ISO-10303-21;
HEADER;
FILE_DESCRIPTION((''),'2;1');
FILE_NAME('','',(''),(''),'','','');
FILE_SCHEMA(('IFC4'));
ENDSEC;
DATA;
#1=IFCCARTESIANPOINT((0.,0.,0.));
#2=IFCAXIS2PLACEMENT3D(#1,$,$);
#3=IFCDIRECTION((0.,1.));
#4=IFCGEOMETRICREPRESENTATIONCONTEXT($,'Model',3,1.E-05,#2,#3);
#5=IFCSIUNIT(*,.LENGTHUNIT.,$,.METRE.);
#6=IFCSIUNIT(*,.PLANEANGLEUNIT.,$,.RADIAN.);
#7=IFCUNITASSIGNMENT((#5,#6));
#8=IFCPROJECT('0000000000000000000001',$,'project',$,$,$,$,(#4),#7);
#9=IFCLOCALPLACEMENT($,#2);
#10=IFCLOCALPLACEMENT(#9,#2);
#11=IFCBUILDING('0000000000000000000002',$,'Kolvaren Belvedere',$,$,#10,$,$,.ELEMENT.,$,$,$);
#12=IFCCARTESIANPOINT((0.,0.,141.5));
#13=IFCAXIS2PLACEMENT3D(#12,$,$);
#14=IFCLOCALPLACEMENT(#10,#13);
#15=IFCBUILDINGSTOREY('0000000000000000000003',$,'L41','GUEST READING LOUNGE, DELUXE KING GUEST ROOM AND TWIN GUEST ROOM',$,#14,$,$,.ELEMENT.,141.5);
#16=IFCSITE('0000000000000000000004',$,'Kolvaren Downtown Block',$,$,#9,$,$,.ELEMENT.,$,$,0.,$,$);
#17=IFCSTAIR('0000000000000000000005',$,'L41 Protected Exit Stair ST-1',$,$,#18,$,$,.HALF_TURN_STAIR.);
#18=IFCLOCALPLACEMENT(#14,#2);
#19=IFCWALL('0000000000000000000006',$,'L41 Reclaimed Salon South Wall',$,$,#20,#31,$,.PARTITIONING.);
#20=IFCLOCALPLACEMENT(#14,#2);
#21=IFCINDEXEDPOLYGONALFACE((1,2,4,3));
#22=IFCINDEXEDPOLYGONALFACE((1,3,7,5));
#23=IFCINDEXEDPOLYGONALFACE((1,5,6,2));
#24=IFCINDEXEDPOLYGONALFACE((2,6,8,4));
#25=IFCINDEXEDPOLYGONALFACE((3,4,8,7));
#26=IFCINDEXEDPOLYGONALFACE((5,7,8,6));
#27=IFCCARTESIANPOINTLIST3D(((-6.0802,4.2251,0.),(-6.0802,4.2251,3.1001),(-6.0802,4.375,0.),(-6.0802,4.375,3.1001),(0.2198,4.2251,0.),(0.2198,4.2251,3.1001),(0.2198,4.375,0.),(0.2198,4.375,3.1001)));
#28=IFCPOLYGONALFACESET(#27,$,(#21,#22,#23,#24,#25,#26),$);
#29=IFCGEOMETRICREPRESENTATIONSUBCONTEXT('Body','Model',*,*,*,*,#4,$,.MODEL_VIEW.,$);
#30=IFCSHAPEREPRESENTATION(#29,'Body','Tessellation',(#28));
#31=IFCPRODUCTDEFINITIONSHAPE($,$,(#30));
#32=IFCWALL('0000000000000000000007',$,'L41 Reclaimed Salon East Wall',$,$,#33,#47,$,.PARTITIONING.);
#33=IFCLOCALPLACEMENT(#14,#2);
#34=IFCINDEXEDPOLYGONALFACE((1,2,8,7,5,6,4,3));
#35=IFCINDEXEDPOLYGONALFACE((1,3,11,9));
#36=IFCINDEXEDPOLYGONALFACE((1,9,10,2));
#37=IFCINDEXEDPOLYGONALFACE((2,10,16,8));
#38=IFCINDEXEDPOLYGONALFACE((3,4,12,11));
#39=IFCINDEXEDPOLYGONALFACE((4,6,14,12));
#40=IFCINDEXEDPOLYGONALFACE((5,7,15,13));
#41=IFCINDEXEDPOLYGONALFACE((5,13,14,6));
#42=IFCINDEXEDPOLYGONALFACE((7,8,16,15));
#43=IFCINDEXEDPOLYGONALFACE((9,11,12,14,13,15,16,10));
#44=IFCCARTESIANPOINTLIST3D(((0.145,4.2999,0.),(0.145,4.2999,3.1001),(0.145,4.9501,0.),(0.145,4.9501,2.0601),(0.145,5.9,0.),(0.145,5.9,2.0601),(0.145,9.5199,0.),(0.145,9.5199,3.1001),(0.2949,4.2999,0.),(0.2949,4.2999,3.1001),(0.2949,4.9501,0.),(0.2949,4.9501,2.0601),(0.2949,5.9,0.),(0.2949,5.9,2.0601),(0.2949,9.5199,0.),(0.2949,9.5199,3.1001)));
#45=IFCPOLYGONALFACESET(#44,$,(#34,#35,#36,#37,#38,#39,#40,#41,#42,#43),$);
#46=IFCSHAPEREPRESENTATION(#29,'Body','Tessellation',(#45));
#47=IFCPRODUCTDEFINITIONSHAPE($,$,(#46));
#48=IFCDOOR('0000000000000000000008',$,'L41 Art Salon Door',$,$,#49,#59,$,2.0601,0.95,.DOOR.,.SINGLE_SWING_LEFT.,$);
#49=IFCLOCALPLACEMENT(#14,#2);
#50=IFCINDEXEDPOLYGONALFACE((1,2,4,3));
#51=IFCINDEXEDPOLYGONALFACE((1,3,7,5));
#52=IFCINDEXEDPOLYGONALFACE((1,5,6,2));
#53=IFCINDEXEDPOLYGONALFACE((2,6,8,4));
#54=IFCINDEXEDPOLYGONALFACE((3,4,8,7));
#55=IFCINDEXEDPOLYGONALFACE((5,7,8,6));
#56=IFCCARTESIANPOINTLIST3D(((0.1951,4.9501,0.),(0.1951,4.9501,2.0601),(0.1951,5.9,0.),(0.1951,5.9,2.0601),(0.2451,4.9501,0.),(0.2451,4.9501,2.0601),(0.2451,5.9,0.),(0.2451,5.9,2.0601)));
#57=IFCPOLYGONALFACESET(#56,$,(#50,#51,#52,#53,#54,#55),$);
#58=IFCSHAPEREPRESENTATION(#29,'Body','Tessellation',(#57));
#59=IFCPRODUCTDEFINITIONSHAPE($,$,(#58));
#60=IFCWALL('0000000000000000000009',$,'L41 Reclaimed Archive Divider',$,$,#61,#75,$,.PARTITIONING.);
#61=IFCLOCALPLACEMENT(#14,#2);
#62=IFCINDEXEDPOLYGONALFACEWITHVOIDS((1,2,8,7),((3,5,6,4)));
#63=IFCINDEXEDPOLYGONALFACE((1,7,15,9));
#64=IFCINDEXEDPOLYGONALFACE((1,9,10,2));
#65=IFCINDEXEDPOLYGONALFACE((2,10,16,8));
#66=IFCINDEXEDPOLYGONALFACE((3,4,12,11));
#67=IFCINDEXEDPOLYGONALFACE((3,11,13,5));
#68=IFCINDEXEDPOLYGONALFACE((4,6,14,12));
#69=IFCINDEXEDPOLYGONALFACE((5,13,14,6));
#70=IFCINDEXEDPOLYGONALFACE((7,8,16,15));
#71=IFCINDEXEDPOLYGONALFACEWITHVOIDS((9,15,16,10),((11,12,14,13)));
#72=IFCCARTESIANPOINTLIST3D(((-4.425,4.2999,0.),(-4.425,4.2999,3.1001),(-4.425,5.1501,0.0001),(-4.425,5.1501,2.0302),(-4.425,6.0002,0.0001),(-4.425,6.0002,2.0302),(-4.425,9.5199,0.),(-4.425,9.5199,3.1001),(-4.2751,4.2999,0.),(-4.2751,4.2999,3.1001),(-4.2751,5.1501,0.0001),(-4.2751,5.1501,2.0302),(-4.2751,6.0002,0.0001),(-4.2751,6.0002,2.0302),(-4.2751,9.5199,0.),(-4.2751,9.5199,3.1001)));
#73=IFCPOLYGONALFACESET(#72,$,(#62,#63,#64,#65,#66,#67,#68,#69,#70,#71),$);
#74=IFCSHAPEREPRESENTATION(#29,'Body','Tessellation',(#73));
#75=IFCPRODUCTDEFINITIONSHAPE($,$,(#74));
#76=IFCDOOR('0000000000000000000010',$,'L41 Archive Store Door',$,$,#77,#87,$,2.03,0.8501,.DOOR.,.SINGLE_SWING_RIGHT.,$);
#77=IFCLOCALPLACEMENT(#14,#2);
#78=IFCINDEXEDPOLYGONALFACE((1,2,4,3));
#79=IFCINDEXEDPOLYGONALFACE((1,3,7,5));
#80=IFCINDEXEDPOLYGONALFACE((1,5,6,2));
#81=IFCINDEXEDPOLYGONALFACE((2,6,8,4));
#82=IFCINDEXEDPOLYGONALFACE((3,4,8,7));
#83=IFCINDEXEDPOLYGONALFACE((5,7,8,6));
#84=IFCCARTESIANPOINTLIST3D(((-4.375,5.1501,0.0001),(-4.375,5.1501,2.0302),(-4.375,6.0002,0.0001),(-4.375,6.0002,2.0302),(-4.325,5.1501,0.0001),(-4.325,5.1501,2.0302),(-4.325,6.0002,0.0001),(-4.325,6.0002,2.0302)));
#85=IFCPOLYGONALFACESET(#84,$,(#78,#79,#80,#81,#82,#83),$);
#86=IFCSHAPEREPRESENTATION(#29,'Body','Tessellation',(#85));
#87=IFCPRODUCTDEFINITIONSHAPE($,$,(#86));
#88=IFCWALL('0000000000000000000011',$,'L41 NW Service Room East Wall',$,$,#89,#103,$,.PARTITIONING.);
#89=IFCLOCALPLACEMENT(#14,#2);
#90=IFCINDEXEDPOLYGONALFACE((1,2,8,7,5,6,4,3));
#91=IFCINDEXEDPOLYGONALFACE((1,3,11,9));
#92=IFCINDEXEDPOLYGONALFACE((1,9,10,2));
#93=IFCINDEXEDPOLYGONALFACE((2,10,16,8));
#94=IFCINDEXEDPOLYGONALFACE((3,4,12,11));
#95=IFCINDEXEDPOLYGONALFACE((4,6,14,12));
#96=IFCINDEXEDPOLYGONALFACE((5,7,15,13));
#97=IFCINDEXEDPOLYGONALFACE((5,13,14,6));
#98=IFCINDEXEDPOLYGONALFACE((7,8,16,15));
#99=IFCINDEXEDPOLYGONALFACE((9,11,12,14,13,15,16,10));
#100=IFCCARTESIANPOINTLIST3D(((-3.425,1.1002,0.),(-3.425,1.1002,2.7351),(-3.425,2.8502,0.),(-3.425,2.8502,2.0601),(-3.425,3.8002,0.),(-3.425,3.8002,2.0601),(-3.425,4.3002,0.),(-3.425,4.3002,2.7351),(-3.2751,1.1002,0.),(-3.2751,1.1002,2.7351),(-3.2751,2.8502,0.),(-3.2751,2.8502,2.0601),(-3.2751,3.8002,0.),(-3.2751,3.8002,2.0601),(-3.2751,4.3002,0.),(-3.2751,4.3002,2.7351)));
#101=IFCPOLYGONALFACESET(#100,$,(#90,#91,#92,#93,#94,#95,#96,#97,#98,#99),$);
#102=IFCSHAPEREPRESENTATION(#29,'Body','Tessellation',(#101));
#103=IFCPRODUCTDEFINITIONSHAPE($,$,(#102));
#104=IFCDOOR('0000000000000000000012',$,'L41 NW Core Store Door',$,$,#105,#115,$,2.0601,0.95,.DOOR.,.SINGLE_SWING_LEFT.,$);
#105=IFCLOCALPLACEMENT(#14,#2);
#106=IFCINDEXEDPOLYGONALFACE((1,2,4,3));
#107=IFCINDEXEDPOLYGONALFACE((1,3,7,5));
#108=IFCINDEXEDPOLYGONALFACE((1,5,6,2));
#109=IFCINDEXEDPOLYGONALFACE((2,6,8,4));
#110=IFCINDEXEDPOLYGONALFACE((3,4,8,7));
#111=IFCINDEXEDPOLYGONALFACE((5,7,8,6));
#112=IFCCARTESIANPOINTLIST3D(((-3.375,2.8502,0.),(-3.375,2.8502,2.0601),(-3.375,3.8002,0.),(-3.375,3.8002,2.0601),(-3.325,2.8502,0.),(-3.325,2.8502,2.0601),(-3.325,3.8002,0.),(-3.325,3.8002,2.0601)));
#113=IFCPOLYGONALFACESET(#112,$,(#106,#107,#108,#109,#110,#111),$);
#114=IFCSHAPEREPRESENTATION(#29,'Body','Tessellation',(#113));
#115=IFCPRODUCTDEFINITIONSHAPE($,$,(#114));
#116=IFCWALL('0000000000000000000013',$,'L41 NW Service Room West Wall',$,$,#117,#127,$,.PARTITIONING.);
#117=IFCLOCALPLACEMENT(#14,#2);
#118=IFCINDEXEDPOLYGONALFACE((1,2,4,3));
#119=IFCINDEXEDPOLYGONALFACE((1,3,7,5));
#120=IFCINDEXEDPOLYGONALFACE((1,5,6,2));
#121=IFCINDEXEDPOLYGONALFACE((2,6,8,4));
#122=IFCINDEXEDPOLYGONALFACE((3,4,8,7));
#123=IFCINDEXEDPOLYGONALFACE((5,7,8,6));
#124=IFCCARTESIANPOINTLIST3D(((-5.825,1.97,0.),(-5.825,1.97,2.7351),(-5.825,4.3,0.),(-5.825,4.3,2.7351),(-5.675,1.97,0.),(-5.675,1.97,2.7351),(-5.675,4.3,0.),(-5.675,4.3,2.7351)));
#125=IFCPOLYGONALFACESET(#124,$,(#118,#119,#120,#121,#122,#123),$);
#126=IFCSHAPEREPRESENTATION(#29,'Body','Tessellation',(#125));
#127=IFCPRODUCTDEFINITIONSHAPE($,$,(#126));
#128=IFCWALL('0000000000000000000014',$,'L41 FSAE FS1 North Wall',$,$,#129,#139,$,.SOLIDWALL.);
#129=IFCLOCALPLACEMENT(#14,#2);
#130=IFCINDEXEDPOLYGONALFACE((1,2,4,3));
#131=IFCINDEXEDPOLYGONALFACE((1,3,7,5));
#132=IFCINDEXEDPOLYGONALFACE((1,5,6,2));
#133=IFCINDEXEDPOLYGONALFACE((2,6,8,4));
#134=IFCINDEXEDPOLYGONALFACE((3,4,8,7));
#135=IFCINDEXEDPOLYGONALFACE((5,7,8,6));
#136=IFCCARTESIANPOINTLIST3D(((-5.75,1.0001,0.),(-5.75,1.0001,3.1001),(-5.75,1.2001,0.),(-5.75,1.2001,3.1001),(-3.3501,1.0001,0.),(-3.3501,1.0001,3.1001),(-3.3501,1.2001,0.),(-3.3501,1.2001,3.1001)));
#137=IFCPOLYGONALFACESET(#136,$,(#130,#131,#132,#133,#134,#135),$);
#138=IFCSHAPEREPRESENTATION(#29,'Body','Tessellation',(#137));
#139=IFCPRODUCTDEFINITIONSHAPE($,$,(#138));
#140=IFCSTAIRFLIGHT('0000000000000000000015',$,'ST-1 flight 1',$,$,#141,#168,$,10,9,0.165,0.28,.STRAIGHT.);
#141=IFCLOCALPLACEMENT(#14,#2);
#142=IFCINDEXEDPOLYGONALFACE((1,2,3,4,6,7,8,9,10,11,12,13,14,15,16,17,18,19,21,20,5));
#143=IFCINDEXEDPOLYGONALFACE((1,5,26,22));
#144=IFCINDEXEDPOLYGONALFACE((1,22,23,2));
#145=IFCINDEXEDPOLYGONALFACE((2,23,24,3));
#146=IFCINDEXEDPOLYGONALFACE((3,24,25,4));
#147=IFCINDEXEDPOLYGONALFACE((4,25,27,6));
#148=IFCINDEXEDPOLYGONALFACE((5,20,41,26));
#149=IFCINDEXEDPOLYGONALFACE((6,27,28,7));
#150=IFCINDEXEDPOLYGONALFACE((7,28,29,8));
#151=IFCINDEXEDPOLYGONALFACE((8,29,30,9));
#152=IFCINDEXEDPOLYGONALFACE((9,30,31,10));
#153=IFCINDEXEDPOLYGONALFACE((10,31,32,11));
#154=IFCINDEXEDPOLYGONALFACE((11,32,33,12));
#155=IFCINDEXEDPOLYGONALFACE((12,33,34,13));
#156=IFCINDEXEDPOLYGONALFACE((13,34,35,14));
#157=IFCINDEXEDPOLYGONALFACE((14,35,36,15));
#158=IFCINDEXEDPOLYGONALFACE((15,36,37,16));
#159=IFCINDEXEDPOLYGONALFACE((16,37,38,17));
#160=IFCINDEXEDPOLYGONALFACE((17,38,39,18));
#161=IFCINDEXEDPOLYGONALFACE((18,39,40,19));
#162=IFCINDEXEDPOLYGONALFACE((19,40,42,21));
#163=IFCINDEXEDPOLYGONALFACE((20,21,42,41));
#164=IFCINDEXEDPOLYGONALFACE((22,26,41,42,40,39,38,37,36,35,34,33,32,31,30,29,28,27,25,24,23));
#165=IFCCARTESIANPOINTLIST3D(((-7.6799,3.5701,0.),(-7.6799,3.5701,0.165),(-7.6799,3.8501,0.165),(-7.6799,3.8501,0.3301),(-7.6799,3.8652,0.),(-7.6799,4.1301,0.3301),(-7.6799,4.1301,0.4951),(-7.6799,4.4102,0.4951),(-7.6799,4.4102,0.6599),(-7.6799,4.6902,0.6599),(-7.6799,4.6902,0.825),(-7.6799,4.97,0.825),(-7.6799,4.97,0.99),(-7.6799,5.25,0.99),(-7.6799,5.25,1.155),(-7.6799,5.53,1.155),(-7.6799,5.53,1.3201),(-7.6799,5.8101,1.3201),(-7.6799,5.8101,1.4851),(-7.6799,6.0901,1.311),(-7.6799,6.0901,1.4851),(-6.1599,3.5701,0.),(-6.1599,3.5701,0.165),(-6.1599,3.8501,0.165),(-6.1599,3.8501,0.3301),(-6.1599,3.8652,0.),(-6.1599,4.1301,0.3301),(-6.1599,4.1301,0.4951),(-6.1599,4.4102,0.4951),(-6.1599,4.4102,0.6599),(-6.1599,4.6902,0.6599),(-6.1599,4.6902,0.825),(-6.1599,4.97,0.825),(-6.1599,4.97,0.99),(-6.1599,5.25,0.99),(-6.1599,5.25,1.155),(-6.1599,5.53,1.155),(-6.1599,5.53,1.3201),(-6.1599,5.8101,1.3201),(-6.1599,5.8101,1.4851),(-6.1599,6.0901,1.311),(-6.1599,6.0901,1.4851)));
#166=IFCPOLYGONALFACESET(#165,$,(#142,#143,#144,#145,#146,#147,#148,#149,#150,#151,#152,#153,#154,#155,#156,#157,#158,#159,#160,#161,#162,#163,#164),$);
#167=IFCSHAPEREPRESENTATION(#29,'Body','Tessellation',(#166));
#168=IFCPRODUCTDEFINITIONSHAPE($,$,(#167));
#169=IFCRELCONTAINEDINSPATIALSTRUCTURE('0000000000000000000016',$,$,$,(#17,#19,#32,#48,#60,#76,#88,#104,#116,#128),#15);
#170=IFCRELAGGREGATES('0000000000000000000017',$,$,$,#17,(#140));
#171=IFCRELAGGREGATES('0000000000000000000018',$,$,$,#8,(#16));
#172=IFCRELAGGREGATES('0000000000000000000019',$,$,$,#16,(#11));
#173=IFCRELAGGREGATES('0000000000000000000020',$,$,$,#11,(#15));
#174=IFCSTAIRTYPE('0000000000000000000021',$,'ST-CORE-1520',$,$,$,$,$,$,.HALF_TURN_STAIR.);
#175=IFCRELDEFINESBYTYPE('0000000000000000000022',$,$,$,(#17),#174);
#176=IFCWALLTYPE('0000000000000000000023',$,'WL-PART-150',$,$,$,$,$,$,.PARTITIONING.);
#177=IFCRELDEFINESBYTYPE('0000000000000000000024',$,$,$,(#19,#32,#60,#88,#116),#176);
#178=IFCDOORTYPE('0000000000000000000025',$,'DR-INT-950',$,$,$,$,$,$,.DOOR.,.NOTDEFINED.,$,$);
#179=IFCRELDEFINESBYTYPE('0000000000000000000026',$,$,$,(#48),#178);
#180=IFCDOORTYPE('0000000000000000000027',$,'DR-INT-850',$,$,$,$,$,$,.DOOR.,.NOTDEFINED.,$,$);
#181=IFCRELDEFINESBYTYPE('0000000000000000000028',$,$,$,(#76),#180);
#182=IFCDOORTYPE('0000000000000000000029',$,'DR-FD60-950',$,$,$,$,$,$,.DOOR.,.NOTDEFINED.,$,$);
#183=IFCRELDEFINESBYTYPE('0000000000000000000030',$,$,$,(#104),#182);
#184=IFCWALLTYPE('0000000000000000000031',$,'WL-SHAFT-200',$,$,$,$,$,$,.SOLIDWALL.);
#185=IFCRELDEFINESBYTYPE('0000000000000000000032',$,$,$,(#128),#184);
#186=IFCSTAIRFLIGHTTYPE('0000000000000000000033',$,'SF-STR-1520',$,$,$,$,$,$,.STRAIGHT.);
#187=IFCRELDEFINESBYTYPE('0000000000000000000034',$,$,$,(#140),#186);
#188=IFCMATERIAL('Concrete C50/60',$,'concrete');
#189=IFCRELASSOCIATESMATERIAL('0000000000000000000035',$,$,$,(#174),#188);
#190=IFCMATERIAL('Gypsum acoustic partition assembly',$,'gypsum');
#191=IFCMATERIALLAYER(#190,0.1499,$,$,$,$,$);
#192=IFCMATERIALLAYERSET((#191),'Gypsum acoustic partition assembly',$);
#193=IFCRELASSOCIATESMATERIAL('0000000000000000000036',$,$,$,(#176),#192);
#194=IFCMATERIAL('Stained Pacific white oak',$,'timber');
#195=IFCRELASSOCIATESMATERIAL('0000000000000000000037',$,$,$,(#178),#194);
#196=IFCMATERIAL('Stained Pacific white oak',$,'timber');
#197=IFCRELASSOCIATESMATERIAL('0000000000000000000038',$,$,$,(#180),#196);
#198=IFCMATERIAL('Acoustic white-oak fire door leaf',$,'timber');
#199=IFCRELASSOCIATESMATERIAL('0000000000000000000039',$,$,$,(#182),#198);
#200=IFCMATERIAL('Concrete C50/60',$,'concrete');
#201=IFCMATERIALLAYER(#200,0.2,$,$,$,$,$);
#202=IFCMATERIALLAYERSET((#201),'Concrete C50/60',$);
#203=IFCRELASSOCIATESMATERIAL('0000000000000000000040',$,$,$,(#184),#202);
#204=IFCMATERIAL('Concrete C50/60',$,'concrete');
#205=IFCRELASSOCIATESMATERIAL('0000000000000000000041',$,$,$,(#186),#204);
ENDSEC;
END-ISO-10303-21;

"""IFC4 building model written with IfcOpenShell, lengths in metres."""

from ifc_helpers import new_model, si_unit, direction, frame, frame_2d, origin, place, context, subcontext, project, spatial, polyline, rectangle, outline, extrude, material, layer, layer_set, type_object, element, fill, aggregate, save


model = new_model("IFC4")

# Units and contexts
model_context = context("Model", 3, precision=1e-05, world=origin(), true_north=direction((0.0, 1.0)))
body_context = subcontext(model_context, "Body", "Model", "MODEL_VIEW")
ifc_project = project(units=[si_unit("LENGTHUNIT", "METRE"), si_unit("PLANEANGLEUNIT", "RADIAN")], contexts=[model_context])

# Site, building, storey
site_placement = place(None, origin())
site = spatial("IfcSite", under=ifc_project, at=site_placement, Name="Kolvaren Downtown Block", CompositionType="ELEMENT", RefElevation=0.0)
building_placement = place(site_placement, origin())
building = spatial("IfcBuilding", under=site, at=building_placement, Name="Kolvaren Belvedere", CompositionType="ELEMENT")
storey_placement = place(building_placement, frame((0.0, 0.0, 141.5)))
storey = spatial("IfcBuildingStorey", under=building, at=storey_placement, Name="L41", Description="GUEST READING LOUNGE, DELUXE KING GUEST ROOM AND TWIN GUEST ROOM", CompositionType="ELEMENT", Elevation=141.5)

# Stair
ifc_material_1 = material(Name="Concrete C50/60", Category="concrete")
stair_type = type_object("IfcStairType", Name="ST-CORE-1520", PredefinedType="HALF_TURN_STAIR", material=ifc_material_1)
stair_1_placement = place(storey_placement, origin())
stair_1 = element("IfcStair", 1, at=stair_1_placement, inside=storey, type_object=stair_type, Name="L41 Protected Exit Stair ST-1", PredefinedType="HALF_TURN_STAIR")

# Wall
ifc_material_2 = material(Name="Gypsum acoustic partition assembly", Category="gypsum")
ifc_layer_1 = layer(ifc_material_2, 0.1499)
ifc_layer_set_1 = layer_set([ifc_layer_1], Name="Gypsum acoustic partition assembly")
wall_type_1 = type_object("IfcWallType", Name="WL-PART-150", PredefinedType="PARTITIONING", material=ifc_layer_set_1)
wall_1_placement = place(storey_placement, frame((-6.0801, 4.3, 0.0), z_axis=(0.0, 0.0, 1.0), x_axis=(1.0, 0.0, 0.0)))
element("IfcWall", 2, at=wall_1_placement, inside=storey, type_object=wall_type_1, Name="L41 Reclaimed Salon South Wall", PredefinedType="PARTITIONING", context=body_context, shape_type="SweptSolid", body=[
    extrude(rectangle(XDim=6.3, YDim=0.1499, at=frame_2d((3.1499, 0.0))), origin(), (0.0, 0.0, 1.0), 3.1001),
])

# Walls, openings, doors
wall_2_placement = place(storey_placement, frame((0.22, 4.3, 0.0), z_axis=(0.0, 0.0, 1.0), x_axis=(0.0, 1.0, 0.0)))
wall_2 = element("IfcWall", 3, at=wall_2_placement, inside=storey, type_object=wall_type_1, Name="L41 Reclaimed Salon East Wall", PredefinedType="PARTITIONING", context=body_context, shape_type="SweptSolid", body=[
    extrude(rectangle(XDim=5.22, YDim=0.1499, at=frame_2d((2.6099, 0.0))), origin(), (0.0, 0.0, 1.0), 3.1001),
])
opening_1_placement = place(wall_2_placement, frame((0.6499, 0.0, 0.0)))
opening_1 = element("IfcOpeningElement", 4, at=opening_1_placement, cuts=wall_2, PredefinedType="OPENING", context=body_context, shape_type="SweptSolid", body=[
    extrude(rectangle(XDim=0.95, YDim=2.0601, at=frame_2d((0.4751, 1.03))), frame((0.0, 0.085, 0.0), z_axis=(0.0, -1.0, 0.0), x_axis=(1.0, 0.0, 0.0)), (0.0, 0.0, 1.0), 0.1699),
])
ifc_material_3 = material(Name="Stained Pacific white oak", Category="timber")
door_type_1 = type_object("IfcDoorType", Name="DR-INT-950", OperationType="NOTDEFINED", PredefinedType="DOOR", material=ifc_material_3)
door_1_placement = place(opening_1_placement, origin())
door_1 = element("IfcDoor", 5, at=door_1_placement, inside=storey, type_object=door_type_1, Name="L41 Art Salon Door", OperationType="SINGLE_SWING_LEFT", OverallHeight=2.0601, OverallWidth=0.95, PredefinedType="DOOR", context=body_context, shape_type="SweptSolid", body=[
    extrude(rectangle(XDim=0.95, YDim=2.0601, at=frame_2d((0.4751, 1.03))), frame((0.0, 0.0249, 0.0), z_axis=(0.0, -1.0, 0.0), x_axis=(1.0, 0.0, 0.0)), (0.0, 0.0, 1.0), 0.05),
])
fill(opening_1, door_1)
wall_3_placement = place(storey_placement, frame((-4.3501, 4.3, 0.0), z_axis=(0.0, 0.0, 1.0), x_axis=(0.0, 1.0, 0.0)))
wall_3 = element("IfcWall", 6, at=wall_3_placement, inside=storey, type_object=wall_type_1, Name="L41 Reclaimed Archive Divider", PredefinedType="PARTITIONING", context=body_context, shape_type="SweptSolid", body=[
    extrude(rectangle(XDim=5.22, YDim=0.1499, at=frame_2d((2.6099, 0.0))), origin(), (0.0, 0.0, 1.0), 3.1001),
])
opening_2_placement = place(wall_3_placement, frame((0.8501, 0.0, 0.0)))
opening_2 = element("IfcOpeningElement", 7, at=opening_2_placement, cuts=wall_3, PredefinedType="OPENING", context=body_context, shape_type="SweptSolid", body=[
    extrude(rectangle(XDim=0.8501, YDim=2.03, at=frame_2d((0.425, 1.0151))), frame((0.0, 0.085, 0.0), z_axis=(0.0, -1.0, 0.0), x_axis=(1.0, 0.0, 0.0)), (0.0, 0.0, 1.0), 0.1699),
])
ifc_material_4 = material(Name="Stained Pacific white oak", Category="timber")
door_type_2 = type_object("IfcDoorType", Name="DR-INT-850", OperationType="NOTDEFINED", PredefinedType="DOOR", material=ifc_material_4)
door_2_placement = place(opening_2_placement, origin())
door_2 = element("IfcDoor", 8, at=door_2_placement, inside=storey, type_object=door_type_2, Name="L41 Archive Store Door", OperationType="SINGLE_SWING_RIGHT", OverallHeight=2.03, OverallWidth=0.8501, PredefinedType="DOOR", context=body_context, shape_type="SweptSolid", body=[
    extrude(rectangle(XDim=0.8501, YDim=2.03, at=frame_2d((0.425, 1.0151))), frame((0.0, 0.0249, 0.0), z_axis=(0.0, -1.0, 0.0), x_axis=(1.0, 0.0, 0.0)), (0.0, 0.0, 1.0), 0.05),
])
fill(opening_2, door_2)
wall_4_placement = place(storey_placement, frame((-3.3501, 1.1001, 0.0), z_axis=(0.0, 0.0, 1.0), x_axis=(0.0, 1.0, 0.0)))
wall_4 = element("IfcWall", 9, at=wall_4_placement, inside=storey, type_object=wall_type_1, Name="L41 NW Service Room East Wall", PredefinedType="PARTITIONING", context=body_context, shape_type="SweptSolid", body=[
    extrude(rectangle(XDim=3.2, YDim=0.1499, at=frame_2d((1.6001, 0.0))), origin(), (0.0, 0.0, 1.0), 2.7351),
])
opening_3_placement = place(wall_4_placement, frame((1.75, 0.0, 0.0)))
opening_3 = element("IfcOpeningElement", 10, at=opening_3_placement, cuts=wall_4, PredefinedType="OPENING", context=body_context, shape_type="SweptSolid", body=[
    extrude(rectangle(XDim=0.95, YDim=2.0601, at=frame_2d((0.4751, 1.03))), frame((0.0, 0.085, 0.0), z_axis=(0.0, -1.0, 0.0), x_axis=(1.0, 0.0, 0.0)), (0.0, 0.0, 1.0), 0.1699),
])
ifc_material_5 = material(Name="Acoustic white-oak fire door leaf", Category="timber")
door_type_3 = type_object("IfcDoorType", Name="DR-FD60-950", OperationType="NOTDEFINED", PredefinedType="DOOR", material=ifc_material_5)
door_3_placement = place(opening_3_placement, origin())
door_3 = element("IfcDoor", 11, at=door_3_placement, inside=storey, type_object=door_type_3, Name="L41 NW Core Store Door", OperationType="SINGLE_SWING_LEFT", OverallHeight=2.0601, OverallWidth=0.95, PredefinedType="DOOR", context=body_context, shape_type="SweptSolid", body=[
    extrude(rectangle(XDim=0.95, YDim=2.0601, at=frame_2d((0.4751, 1.03))), frame((0.0, 0.0249, 0.0), z_axis=(0.0, -1.0, 0.0), x_axis=(1.0, 0.0, 0.0)), (0.0, 0.0, 1.0), 0.05),
])
fill(opening_3, door_3)

# Walls
wall_5_placement = place(storey_placement, frame((-5.75, 1.97, 0.0), z_axis=(0.0, 0.0, 1.0), x_axis=(0.0, 1.0, 0.0)))
element("IfcWall", 12, at=wall_5_placement, inside=storey, type_object=wall_type_1, Name="L41 NW Service Room West Wall", PredefinedType="PARTITIONING", context=body_context, shape_type="SweptSolid", body=[
    extrude(rectangle(XDim=2.3301, YDim=0.1499, at=frame_2d((1.165, 0.0))), origin(), (0.0, 0.0, 1.0), 2.7351),
])
ifc_material_6 = material(Name="Concrete C50/60", Category="concrete")
ifc_layer_2 = layer(ifc_material_6, 0.2)
ifc_layer_set_2 = layer_set([ifc_layer_2], Name="Concrete C50/60")
wall_type_2 = type_object("IfcWallType", Name="WL-SHAFT-200", PredefinedType="SOLIDWALL", material=ifc_layer_set_2)
wall_6_placement = place(storey_placement, frame((-5.75, 1.1001, 0.0), z_axis=(0.0, 0.0, 1.0), x_axis=(1.0, 0.0, 0.0)))
element("IfcWall", 13, at=wall_6_placement, inside=storey, type_object=wall_type_2, Name="L41 FSAE FS1 North Wall", PredefinedType="SOLIDWALL", context=body_context, shape_type="SweptSolid", body=[
    extrude(rectangle(XDim=2.3999, YDim=0.2, at=frame_2d((1.2, 0.0))), origin(), (0.0, 0.0, 1.0), 3.1001),
])

# Stair flight
ifc_material_7 = material(Name="Concrete C50/60", Category="concrete")
stair_flight_type = type_object("IfcStairFlightType", Name="SF-STR-1520", PredefinedType="STRAIGHT", material=ifc_material_7)
stair_flight_placement = place(storey_placement, frame((-6.9199, 3.5701, 0.0), z_axis=(0.0, 0.0, 1.0), x_axis=(0.0, 1.0, 0.0)))
stair_flight = element("IfcStairFlight", 14, at=stair_flight_placement, type_object=stair_flight_type, Name="ST-1 flight 1", NumberOfRisers=10, NumberOfTreads=9, PredefinedType="STRAIGHT", RiserHeight=0.165, TreadLength=0.28, context=body_context, shape_type="SweptSolid", body=[
    extrude(outline(polyline([(0.0, 0.0), (0.0, 0.165), (0.28, 0.165), (0.28, 0.3301), (0.5601, 0.3301), (0.5601, 0.4951), (0.8401, 0.4951), (0.8401, 0.6599), (1.1201, 0.6599), (1.1201, 0.825), (1.3999, 0.825), (1.3999, 0.99), (1.6799, 0.99), (1.6799, 1.155), (1.96, 1.155), (1.96, 1.3201), (2.24, 1.3201), (2.24, 1.4851), (2.52, 1.4851), (2.52, 1.6499), (2.52, 1.311), (0.2952, 0.0), (0.0, 0.0)])), frame((0.0, 0.76, 0.0), z_axis=(0.0, -1.0, 0.0), x_axis=(1.0, 0.0, 0.0)), (0.0, 0.0, 1.0), 1.52),
])
aggregate(stair_1, [stair_flight])

save(model, "model.ifc")
